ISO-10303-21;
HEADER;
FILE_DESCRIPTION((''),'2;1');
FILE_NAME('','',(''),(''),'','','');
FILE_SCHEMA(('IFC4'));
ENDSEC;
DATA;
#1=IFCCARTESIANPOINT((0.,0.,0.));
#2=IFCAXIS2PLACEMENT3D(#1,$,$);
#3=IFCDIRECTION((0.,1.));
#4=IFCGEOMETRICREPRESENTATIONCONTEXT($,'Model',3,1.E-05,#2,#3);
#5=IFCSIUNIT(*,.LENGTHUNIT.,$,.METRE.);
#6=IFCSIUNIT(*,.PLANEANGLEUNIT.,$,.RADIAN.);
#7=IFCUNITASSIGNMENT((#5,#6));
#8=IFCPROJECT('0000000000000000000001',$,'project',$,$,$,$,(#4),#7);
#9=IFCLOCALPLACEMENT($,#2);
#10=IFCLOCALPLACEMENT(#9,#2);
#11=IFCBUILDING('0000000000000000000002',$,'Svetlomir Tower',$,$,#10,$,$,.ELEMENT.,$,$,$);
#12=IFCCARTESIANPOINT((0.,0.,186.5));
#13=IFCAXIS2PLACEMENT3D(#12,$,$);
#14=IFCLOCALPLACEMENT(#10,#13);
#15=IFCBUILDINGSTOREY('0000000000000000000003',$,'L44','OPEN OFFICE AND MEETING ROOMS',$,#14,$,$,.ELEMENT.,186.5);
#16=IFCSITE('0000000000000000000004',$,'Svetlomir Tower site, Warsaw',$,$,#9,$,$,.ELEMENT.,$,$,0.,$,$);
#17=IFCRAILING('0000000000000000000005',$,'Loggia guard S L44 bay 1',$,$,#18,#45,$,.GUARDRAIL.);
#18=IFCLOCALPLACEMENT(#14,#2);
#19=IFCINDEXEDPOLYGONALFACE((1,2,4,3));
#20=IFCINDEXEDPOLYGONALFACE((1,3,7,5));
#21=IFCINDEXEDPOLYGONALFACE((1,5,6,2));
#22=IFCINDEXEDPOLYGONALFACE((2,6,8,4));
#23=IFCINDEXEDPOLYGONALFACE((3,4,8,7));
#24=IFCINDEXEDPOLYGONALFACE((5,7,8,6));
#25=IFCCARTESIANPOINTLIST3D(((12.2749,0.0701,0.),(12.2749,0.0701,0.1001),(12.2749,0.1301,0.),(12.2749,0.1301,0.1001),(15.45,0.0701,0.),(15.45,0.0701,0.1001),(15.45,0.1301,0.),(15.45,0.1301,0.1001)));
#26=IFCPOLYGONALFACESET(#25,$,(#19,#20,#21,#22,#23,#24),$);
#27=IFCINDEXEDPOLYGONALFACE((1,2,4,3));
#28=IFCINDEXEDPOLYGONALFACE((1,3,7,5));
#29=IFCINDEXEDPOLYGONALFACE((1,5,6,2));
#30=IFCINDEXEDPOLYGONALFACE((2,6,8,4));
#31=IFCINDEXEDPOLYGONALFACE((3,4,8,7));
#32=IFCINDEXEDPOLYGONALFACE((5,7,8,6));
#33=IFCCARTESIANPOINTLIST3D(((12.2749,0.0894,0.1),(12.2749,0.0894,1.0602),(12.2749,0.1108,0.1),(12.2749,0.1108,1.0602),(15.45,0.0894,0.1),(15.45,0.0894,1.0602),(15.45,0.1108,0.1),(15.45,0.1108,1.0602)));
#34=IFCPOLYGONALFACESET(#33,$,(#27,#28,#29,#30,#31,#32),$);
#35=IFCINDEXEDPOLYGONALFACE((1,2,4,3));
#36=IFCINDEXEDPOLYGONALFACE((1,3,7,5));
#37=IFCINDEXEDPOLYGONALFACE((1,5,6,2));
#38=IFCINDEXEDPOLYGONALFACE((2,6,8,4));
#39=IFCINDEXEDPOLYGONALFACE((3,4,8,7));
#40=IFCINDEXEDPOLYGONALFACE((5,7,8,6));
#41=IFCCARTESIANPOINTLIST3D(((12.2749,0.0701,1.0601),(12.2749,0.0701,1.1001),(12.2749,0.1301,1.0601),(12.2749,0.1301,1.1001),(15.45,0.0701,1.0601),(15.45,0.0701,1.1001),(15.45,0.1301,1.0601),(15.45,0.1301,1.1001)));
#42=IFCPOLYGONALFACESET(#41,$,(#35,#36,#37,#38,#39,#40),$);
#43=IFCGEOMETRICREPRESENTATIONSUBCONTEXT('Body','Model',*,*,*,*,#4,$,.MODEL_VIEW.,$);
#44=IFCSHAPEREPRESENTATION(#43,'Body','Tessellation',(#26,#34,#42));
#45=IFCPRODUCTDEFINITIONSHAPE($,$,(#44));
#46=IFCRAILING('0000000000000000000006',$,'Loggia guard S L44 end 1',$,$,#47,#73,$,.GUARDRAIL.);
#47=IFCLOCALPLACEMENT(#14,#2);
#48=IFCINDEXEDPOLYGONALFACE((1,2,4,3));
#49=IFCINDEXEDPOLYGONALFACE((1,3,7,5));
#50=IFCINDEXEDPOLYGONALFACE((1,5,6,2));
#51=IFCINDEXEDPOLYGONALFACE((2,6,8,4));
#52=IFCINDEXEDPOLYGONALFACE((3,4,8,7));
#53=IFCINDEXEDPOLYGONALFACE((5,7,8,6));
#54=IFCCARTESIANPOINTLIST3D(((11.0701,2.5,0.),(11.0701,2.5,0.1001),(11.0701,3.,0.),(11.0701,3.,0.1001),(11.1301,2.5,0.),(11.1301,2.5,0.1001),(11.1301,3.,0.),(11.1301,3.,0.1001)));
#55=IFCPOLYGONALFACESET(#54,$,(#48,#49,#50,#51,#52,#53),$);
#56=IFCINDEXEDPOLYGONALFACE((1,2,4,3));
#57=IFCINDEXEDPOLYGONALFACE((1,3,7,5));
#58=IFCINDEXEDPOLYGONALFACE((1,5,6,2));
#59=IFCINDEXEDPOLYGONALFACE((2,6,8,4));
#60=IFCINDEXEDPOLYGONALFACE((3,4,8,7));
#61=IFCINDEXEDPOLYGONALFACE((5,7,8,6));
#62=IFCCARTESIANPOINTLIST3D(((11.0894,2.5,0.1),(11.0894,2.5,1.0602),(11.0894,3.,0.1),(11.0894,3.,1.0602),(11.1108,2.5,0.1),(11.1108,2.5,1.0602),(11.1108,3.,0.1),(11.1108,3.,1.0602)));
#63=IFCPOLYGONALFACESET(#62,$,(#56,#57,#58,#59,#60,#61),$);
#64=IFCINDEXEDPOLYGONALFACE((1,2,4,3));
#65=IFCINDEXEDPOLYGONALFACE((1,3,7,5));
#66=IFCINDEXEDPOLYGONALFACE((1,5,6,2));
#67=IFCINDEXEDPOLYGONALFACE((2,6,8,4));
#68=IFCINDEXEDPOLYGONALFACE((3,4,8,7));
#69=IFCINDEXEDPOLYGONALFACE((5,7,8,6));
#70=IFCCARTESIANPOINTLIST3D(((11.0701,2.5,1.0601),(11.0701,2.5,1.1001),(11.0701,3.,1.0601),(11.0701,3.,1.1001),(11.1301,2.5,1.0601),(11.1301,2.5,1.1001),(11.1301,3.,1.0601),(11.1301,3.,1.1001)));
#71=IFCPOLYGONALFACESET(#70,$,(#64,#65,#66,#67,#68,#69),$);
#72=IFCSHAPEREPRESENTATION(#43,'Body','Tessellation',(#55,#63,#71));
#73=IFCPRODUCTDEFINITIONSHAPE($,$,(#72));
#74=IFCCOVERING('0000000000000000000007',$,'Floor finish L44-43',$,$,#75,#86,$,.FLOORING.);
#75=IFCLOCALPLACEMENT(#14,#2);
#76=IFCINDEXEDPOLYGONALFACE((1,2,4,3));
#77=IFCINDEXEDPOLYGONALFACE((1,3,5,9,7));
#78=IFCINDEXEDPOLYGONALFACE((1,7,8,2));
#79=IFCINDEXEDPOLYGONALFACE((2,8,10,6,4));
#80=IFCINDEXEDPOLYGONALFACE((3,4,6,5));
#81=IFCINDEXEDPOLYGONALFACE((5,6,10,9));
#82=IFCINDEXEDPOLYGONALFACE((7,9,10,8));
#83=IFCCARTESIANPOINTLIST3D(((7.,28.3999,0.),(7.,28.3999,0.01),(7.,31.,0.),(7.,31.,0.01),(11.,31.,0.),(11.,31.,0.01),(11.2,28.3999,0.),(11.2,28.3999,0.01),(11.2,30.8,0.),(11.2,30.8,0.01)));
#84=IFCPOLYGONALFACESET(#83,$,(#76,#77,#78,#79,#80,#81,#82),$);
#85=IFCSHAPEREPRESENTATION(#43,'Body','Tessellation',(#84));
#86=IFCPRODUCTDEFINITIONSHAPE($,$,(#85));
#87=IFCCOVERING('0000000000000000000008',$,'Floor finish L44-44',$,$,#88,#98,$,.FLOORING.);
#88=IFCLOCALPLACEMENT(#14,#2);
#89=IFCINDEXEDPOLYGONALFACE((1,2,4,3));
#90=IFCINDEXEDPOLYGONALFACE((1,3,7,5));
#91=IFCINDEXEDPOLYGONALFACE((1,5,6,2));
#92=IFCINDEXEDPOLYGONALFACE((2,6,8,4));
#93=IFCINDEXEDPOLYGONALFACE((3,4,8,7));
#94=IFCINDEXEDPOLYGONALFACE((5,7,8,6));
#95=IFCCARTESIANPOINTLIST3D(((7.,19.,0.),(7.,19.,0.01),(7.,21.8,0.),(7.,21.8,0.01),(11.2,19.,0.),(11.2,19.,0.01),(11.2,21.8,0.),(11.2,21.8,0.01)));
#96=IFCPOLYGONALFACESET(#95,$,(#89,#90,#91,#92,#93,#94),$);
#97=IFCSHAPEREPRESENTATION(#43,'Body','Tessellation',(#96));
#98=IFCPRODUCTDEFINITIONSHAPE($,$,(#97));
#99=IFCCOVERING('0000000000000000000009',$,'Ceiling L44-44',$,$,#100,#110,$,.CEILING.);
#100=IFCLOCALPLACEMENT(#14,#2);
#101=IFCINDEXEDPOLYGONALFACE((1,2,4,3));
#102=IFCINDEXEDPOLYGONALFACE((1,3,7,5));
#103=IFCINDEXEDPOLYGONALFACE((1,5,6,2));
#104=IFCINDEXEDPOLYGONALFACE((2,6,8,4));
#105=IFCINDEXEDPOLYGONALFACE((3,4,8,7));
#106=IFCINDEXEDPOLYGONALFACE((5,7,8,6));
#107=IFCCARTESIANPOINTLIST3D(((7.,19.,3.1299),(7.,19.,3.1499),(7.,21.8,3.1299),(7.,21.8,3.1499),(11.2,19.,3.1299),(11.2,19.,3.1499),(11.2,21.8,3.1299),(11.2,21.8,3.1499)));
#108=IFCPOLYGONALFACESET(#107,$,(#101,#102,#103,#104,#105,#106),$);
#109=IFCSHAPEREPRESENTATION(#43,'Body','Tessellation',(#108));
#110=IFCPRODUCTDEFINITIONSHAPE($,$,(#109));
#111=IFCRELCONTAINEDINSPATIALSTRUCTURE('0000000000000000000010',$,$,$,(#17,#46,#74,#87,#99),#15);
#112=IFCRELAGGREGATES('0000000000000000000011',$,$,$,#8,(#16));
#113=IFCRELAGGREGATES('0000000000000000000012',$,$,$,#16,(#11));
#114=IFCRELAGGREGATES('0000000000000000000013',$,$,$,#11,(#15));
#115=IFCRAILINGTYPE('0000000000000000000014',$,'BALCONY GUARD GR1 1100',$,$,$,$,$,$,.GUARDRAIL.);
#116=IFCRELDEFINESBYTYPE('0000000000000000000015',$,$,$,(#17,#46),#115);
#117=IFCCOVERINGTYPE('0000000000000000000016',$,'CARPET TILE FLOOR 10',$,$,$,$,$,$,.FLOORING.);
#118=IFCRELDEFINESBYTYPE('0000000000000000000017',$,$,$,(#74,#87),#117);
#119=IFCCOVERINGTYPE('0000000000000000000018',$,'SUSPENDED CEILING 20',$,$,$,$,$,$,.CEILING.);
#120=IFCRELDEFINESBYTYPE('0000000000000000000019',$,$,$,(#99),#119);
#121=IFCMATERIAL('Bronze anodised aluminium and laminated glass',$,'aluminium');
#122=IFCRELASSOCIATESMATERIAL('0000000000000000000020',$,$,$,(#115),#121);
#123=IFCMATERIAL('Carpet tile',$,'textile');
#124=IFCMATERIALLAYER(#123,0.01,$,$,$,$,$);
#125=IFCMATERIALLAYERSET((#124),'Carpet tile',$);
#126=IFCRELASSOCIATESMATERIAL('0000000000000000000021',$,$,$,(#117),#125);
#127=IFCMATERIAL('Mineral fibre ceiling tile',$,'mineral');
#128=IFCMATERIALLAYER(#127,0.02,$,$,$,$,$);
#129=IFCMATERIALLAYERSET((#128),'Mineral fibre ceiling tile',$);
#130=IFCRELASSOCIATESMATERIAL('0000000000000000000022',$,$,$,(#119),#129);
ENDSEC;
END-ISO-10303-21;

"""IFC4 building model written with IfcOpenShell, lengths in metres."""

from ifc_helpers import new_model, si_unit, direction, frame, origin, origin_2d, place, context, subcontext, project, spatial, polyline, rectangle, outline, extrude, material, layer, layer_set, type_object, element, save


model = new_model("IFC4")

# Units and contexts
model_context = context("Model", 3, precision=1e-05, world=origin(), true_north=direction((0.0, 1.0)))
body_context = subcontext(model_context, "Body", "Model", "MODEL_VIEW")
ifc_project = project(units=[si_unit("LENGTHUNIT", "METRE"), si_unit("PLANEANGLEUNIT", "RADIAN")], contexts=[model_context])

# Site, building, storey
site_placement = place(None, origin())
site = spatial("IfcSite", under=ifc_project, at=site_placement, Name="Svetlomir Tower site, Warsaw", CompositionType="ELEMENT", RefElevation=0.0)
building_placement = place(site_placement, origin())
building = spatial("IfcBuilding", under=site, at=building_placement, Name="Svetlomir Tower", CompositionType="ELEMENT")
storey_placement = place(building_placement, frame((0.0, 0.0, 186.5)))
storey = spatial("IfcBuildingStorey", under=building, at=storey_placement, Name="L44", Description="OPEN OFFICE AND MEETING ROOMS", CompositionType="ELEMENT", Elevation=186.5)

# Railings
ifc_material_1 = material(Name="Bronze anodised aluminium and laminated glass", Category="aluminium")
railing_type = type_object("IfcRailingType", Name="BALCONY GUARD GR1 1100", PredefinedType="GUARDRAIL", material=ifc_material_1)
railing_1_placement = place(storey_placement, frame((12.2749, 0.1001, 0.0)))
element("IfcRailing", 1, at=railing_1_placement, inside=storey, type_object=railing_type, Name="Loggia guard S L44 bay 1", PredefinedType="GUARDRAIL", context=body_context, shape_type="SweptSolid", body=[
    extrude(rectangle(XDim=0.0601, YDim=0.1001, at=origin_2d()), frame((0.0, 0.0, 0.05), z_axis=(1.0, 0.0, 0.0), x_axis=(0.0, 1.0, 0.0)), (0.0, 0.0, 1.0), 3.175),
    extrude(rectangle(XDim=0.0215, YDim=0.9602, at=origin_2d()), frame((0.0, 0.0, 0.5801), z_axis=(1.0, 0.0, 0.0), x_axis=(0.0, 1.0, 0.0)), (0.0, 0.0, 1.0), 3.175),
    extrude(rectangle(XDim=0.0601, YDim=0.04, at=origin_2d()), frame((0.0, 0.0, 1.0801), z_axis=(1.0, 0.0, 0.0), x_axis=(0.0, 1.0, 0.0)), (0.0, 0.0, 1.0), 3.175),
])
railing_2_placement = place(storey_placement, frame((11.1001, 2.5, 0.0)))
element("IfcRailing", 2, at=railing_2_placement, inside=storey, type_object=railing_type, Name="Loggia guard S L44 end 1", PredefinedType="GUARDRAIL", context=body_context, shape_type="SweptSolid", body=[
    extrude(rectangle(XDim=0.0601, YDim=0.1001, at=origin_2d()), frame((0.0, 0.0, 0.05), z_axis=(0.0, 1.0, 0.0), x_axis=(-1.0, 0.0, 0.0)), (0.0, 0.0, 1.0), 0.5),
    extrude(rectangle(XDim=0.0215, YDim=0.9602, at=origin_2d()), frame((0.0, 0.0, 0.5801), z_axis=(0.0, 1.0, 0.0), x_axis=(-1.0, 0.0, 0.0)), (0.0, 0.0, 1.0), 0.5),
    extrude(rectangle(XDim=0.0601, YDim=0.04, at=origin_2d()), frame((0.0, 0.0, 1.0801), z_axis=(0.0, 1.0, 0.0), x_axis=(-1.0, 0.0, 0.0)), (0.0, 0.0, 1.0), 0.5),
])

# Coverings
ifc_material_2 = material(Name="Carpet tile", Category="textile")
ifc_layer_1 = layer(ifc_material_2, 0.01)
ifc_layer_set_1 = layer_set([ifc_layer_1], Name="Carpet tile")
covering_type_1 = type_object("IfcCoveringType", Name="CARPET TILE FLOOR 10", PredefinedType="FLOORING", material=ifc_layer_set_1)
covering_1_placement = place(storey_placement, origin())
element("IfcCovering", 3, at=covering_1_placement, inside=storey, type_object=covering_type_1, Name="Floor finish L44-43", PredefinedType="FLOORING", context=body_context, shape_type="SweptSolid", body=[
    extrude(outline(polyline([(11.2, 28.3999), (7.0, 28.3999), (7.0, 31.0), (11.0, 31.0), (11.2, 30.8), (11.2, 28.3999)])), origin(), (0.0, 0.0, 1.0), 0.01),
])
covering_2_placement = place(storey_placement, origin())
element("IfcCovering", 4, at=covering_2_placement, inside=storey, type_object=covering_type_1, Name="Floor finish L44-44", PredefinedType="FLOORING", context=body_context, shape_type="SweptSolid", body=[
    extrude(outline(polyline([(7.0, 19.0), (7.0, 21.8), (11.2, 21.8), (11.2, 19.0), (7.0, 19.0)])), origin(), (0.0, 0.0, 1.0), 0.01),
])
ifc_material_3 = material(Name="Mineral fibre ceiling tile", Category="mineral")
ifc_layer_2 = layer(ifc_material_3, 0.02)
ifc_layer_set_2 = layer_set([ifc_layer_2], Name="Mineral fibre ceiling tile")
covering_type_2 = type_object("IfcCoveringType", Name="SUSPENDED CEILING 20", PredefinedType="CEILING", material=ifc_layer_set_2)
covering_3_placement = place(storey_placement, frame((0.0, 0.0, 3.1299)))
element("IfcCovering", 5, at=covering_3_placement, inside=storey, type_object=covering_type_2, Name="Ceiling L44-44", PredefinedType="CEILING", context=body_context, shape_type="SweptSolid", body=[
    extrude(outline(polyline([(7.0, 19.0), (7.0, 21.8), (11.2, 21.8), (11.2, 19.0), (7.0, 19.0)])), origin(), (0.0, 0.0, 1.0), 0.02),
])

save(model, "model.ifc")
